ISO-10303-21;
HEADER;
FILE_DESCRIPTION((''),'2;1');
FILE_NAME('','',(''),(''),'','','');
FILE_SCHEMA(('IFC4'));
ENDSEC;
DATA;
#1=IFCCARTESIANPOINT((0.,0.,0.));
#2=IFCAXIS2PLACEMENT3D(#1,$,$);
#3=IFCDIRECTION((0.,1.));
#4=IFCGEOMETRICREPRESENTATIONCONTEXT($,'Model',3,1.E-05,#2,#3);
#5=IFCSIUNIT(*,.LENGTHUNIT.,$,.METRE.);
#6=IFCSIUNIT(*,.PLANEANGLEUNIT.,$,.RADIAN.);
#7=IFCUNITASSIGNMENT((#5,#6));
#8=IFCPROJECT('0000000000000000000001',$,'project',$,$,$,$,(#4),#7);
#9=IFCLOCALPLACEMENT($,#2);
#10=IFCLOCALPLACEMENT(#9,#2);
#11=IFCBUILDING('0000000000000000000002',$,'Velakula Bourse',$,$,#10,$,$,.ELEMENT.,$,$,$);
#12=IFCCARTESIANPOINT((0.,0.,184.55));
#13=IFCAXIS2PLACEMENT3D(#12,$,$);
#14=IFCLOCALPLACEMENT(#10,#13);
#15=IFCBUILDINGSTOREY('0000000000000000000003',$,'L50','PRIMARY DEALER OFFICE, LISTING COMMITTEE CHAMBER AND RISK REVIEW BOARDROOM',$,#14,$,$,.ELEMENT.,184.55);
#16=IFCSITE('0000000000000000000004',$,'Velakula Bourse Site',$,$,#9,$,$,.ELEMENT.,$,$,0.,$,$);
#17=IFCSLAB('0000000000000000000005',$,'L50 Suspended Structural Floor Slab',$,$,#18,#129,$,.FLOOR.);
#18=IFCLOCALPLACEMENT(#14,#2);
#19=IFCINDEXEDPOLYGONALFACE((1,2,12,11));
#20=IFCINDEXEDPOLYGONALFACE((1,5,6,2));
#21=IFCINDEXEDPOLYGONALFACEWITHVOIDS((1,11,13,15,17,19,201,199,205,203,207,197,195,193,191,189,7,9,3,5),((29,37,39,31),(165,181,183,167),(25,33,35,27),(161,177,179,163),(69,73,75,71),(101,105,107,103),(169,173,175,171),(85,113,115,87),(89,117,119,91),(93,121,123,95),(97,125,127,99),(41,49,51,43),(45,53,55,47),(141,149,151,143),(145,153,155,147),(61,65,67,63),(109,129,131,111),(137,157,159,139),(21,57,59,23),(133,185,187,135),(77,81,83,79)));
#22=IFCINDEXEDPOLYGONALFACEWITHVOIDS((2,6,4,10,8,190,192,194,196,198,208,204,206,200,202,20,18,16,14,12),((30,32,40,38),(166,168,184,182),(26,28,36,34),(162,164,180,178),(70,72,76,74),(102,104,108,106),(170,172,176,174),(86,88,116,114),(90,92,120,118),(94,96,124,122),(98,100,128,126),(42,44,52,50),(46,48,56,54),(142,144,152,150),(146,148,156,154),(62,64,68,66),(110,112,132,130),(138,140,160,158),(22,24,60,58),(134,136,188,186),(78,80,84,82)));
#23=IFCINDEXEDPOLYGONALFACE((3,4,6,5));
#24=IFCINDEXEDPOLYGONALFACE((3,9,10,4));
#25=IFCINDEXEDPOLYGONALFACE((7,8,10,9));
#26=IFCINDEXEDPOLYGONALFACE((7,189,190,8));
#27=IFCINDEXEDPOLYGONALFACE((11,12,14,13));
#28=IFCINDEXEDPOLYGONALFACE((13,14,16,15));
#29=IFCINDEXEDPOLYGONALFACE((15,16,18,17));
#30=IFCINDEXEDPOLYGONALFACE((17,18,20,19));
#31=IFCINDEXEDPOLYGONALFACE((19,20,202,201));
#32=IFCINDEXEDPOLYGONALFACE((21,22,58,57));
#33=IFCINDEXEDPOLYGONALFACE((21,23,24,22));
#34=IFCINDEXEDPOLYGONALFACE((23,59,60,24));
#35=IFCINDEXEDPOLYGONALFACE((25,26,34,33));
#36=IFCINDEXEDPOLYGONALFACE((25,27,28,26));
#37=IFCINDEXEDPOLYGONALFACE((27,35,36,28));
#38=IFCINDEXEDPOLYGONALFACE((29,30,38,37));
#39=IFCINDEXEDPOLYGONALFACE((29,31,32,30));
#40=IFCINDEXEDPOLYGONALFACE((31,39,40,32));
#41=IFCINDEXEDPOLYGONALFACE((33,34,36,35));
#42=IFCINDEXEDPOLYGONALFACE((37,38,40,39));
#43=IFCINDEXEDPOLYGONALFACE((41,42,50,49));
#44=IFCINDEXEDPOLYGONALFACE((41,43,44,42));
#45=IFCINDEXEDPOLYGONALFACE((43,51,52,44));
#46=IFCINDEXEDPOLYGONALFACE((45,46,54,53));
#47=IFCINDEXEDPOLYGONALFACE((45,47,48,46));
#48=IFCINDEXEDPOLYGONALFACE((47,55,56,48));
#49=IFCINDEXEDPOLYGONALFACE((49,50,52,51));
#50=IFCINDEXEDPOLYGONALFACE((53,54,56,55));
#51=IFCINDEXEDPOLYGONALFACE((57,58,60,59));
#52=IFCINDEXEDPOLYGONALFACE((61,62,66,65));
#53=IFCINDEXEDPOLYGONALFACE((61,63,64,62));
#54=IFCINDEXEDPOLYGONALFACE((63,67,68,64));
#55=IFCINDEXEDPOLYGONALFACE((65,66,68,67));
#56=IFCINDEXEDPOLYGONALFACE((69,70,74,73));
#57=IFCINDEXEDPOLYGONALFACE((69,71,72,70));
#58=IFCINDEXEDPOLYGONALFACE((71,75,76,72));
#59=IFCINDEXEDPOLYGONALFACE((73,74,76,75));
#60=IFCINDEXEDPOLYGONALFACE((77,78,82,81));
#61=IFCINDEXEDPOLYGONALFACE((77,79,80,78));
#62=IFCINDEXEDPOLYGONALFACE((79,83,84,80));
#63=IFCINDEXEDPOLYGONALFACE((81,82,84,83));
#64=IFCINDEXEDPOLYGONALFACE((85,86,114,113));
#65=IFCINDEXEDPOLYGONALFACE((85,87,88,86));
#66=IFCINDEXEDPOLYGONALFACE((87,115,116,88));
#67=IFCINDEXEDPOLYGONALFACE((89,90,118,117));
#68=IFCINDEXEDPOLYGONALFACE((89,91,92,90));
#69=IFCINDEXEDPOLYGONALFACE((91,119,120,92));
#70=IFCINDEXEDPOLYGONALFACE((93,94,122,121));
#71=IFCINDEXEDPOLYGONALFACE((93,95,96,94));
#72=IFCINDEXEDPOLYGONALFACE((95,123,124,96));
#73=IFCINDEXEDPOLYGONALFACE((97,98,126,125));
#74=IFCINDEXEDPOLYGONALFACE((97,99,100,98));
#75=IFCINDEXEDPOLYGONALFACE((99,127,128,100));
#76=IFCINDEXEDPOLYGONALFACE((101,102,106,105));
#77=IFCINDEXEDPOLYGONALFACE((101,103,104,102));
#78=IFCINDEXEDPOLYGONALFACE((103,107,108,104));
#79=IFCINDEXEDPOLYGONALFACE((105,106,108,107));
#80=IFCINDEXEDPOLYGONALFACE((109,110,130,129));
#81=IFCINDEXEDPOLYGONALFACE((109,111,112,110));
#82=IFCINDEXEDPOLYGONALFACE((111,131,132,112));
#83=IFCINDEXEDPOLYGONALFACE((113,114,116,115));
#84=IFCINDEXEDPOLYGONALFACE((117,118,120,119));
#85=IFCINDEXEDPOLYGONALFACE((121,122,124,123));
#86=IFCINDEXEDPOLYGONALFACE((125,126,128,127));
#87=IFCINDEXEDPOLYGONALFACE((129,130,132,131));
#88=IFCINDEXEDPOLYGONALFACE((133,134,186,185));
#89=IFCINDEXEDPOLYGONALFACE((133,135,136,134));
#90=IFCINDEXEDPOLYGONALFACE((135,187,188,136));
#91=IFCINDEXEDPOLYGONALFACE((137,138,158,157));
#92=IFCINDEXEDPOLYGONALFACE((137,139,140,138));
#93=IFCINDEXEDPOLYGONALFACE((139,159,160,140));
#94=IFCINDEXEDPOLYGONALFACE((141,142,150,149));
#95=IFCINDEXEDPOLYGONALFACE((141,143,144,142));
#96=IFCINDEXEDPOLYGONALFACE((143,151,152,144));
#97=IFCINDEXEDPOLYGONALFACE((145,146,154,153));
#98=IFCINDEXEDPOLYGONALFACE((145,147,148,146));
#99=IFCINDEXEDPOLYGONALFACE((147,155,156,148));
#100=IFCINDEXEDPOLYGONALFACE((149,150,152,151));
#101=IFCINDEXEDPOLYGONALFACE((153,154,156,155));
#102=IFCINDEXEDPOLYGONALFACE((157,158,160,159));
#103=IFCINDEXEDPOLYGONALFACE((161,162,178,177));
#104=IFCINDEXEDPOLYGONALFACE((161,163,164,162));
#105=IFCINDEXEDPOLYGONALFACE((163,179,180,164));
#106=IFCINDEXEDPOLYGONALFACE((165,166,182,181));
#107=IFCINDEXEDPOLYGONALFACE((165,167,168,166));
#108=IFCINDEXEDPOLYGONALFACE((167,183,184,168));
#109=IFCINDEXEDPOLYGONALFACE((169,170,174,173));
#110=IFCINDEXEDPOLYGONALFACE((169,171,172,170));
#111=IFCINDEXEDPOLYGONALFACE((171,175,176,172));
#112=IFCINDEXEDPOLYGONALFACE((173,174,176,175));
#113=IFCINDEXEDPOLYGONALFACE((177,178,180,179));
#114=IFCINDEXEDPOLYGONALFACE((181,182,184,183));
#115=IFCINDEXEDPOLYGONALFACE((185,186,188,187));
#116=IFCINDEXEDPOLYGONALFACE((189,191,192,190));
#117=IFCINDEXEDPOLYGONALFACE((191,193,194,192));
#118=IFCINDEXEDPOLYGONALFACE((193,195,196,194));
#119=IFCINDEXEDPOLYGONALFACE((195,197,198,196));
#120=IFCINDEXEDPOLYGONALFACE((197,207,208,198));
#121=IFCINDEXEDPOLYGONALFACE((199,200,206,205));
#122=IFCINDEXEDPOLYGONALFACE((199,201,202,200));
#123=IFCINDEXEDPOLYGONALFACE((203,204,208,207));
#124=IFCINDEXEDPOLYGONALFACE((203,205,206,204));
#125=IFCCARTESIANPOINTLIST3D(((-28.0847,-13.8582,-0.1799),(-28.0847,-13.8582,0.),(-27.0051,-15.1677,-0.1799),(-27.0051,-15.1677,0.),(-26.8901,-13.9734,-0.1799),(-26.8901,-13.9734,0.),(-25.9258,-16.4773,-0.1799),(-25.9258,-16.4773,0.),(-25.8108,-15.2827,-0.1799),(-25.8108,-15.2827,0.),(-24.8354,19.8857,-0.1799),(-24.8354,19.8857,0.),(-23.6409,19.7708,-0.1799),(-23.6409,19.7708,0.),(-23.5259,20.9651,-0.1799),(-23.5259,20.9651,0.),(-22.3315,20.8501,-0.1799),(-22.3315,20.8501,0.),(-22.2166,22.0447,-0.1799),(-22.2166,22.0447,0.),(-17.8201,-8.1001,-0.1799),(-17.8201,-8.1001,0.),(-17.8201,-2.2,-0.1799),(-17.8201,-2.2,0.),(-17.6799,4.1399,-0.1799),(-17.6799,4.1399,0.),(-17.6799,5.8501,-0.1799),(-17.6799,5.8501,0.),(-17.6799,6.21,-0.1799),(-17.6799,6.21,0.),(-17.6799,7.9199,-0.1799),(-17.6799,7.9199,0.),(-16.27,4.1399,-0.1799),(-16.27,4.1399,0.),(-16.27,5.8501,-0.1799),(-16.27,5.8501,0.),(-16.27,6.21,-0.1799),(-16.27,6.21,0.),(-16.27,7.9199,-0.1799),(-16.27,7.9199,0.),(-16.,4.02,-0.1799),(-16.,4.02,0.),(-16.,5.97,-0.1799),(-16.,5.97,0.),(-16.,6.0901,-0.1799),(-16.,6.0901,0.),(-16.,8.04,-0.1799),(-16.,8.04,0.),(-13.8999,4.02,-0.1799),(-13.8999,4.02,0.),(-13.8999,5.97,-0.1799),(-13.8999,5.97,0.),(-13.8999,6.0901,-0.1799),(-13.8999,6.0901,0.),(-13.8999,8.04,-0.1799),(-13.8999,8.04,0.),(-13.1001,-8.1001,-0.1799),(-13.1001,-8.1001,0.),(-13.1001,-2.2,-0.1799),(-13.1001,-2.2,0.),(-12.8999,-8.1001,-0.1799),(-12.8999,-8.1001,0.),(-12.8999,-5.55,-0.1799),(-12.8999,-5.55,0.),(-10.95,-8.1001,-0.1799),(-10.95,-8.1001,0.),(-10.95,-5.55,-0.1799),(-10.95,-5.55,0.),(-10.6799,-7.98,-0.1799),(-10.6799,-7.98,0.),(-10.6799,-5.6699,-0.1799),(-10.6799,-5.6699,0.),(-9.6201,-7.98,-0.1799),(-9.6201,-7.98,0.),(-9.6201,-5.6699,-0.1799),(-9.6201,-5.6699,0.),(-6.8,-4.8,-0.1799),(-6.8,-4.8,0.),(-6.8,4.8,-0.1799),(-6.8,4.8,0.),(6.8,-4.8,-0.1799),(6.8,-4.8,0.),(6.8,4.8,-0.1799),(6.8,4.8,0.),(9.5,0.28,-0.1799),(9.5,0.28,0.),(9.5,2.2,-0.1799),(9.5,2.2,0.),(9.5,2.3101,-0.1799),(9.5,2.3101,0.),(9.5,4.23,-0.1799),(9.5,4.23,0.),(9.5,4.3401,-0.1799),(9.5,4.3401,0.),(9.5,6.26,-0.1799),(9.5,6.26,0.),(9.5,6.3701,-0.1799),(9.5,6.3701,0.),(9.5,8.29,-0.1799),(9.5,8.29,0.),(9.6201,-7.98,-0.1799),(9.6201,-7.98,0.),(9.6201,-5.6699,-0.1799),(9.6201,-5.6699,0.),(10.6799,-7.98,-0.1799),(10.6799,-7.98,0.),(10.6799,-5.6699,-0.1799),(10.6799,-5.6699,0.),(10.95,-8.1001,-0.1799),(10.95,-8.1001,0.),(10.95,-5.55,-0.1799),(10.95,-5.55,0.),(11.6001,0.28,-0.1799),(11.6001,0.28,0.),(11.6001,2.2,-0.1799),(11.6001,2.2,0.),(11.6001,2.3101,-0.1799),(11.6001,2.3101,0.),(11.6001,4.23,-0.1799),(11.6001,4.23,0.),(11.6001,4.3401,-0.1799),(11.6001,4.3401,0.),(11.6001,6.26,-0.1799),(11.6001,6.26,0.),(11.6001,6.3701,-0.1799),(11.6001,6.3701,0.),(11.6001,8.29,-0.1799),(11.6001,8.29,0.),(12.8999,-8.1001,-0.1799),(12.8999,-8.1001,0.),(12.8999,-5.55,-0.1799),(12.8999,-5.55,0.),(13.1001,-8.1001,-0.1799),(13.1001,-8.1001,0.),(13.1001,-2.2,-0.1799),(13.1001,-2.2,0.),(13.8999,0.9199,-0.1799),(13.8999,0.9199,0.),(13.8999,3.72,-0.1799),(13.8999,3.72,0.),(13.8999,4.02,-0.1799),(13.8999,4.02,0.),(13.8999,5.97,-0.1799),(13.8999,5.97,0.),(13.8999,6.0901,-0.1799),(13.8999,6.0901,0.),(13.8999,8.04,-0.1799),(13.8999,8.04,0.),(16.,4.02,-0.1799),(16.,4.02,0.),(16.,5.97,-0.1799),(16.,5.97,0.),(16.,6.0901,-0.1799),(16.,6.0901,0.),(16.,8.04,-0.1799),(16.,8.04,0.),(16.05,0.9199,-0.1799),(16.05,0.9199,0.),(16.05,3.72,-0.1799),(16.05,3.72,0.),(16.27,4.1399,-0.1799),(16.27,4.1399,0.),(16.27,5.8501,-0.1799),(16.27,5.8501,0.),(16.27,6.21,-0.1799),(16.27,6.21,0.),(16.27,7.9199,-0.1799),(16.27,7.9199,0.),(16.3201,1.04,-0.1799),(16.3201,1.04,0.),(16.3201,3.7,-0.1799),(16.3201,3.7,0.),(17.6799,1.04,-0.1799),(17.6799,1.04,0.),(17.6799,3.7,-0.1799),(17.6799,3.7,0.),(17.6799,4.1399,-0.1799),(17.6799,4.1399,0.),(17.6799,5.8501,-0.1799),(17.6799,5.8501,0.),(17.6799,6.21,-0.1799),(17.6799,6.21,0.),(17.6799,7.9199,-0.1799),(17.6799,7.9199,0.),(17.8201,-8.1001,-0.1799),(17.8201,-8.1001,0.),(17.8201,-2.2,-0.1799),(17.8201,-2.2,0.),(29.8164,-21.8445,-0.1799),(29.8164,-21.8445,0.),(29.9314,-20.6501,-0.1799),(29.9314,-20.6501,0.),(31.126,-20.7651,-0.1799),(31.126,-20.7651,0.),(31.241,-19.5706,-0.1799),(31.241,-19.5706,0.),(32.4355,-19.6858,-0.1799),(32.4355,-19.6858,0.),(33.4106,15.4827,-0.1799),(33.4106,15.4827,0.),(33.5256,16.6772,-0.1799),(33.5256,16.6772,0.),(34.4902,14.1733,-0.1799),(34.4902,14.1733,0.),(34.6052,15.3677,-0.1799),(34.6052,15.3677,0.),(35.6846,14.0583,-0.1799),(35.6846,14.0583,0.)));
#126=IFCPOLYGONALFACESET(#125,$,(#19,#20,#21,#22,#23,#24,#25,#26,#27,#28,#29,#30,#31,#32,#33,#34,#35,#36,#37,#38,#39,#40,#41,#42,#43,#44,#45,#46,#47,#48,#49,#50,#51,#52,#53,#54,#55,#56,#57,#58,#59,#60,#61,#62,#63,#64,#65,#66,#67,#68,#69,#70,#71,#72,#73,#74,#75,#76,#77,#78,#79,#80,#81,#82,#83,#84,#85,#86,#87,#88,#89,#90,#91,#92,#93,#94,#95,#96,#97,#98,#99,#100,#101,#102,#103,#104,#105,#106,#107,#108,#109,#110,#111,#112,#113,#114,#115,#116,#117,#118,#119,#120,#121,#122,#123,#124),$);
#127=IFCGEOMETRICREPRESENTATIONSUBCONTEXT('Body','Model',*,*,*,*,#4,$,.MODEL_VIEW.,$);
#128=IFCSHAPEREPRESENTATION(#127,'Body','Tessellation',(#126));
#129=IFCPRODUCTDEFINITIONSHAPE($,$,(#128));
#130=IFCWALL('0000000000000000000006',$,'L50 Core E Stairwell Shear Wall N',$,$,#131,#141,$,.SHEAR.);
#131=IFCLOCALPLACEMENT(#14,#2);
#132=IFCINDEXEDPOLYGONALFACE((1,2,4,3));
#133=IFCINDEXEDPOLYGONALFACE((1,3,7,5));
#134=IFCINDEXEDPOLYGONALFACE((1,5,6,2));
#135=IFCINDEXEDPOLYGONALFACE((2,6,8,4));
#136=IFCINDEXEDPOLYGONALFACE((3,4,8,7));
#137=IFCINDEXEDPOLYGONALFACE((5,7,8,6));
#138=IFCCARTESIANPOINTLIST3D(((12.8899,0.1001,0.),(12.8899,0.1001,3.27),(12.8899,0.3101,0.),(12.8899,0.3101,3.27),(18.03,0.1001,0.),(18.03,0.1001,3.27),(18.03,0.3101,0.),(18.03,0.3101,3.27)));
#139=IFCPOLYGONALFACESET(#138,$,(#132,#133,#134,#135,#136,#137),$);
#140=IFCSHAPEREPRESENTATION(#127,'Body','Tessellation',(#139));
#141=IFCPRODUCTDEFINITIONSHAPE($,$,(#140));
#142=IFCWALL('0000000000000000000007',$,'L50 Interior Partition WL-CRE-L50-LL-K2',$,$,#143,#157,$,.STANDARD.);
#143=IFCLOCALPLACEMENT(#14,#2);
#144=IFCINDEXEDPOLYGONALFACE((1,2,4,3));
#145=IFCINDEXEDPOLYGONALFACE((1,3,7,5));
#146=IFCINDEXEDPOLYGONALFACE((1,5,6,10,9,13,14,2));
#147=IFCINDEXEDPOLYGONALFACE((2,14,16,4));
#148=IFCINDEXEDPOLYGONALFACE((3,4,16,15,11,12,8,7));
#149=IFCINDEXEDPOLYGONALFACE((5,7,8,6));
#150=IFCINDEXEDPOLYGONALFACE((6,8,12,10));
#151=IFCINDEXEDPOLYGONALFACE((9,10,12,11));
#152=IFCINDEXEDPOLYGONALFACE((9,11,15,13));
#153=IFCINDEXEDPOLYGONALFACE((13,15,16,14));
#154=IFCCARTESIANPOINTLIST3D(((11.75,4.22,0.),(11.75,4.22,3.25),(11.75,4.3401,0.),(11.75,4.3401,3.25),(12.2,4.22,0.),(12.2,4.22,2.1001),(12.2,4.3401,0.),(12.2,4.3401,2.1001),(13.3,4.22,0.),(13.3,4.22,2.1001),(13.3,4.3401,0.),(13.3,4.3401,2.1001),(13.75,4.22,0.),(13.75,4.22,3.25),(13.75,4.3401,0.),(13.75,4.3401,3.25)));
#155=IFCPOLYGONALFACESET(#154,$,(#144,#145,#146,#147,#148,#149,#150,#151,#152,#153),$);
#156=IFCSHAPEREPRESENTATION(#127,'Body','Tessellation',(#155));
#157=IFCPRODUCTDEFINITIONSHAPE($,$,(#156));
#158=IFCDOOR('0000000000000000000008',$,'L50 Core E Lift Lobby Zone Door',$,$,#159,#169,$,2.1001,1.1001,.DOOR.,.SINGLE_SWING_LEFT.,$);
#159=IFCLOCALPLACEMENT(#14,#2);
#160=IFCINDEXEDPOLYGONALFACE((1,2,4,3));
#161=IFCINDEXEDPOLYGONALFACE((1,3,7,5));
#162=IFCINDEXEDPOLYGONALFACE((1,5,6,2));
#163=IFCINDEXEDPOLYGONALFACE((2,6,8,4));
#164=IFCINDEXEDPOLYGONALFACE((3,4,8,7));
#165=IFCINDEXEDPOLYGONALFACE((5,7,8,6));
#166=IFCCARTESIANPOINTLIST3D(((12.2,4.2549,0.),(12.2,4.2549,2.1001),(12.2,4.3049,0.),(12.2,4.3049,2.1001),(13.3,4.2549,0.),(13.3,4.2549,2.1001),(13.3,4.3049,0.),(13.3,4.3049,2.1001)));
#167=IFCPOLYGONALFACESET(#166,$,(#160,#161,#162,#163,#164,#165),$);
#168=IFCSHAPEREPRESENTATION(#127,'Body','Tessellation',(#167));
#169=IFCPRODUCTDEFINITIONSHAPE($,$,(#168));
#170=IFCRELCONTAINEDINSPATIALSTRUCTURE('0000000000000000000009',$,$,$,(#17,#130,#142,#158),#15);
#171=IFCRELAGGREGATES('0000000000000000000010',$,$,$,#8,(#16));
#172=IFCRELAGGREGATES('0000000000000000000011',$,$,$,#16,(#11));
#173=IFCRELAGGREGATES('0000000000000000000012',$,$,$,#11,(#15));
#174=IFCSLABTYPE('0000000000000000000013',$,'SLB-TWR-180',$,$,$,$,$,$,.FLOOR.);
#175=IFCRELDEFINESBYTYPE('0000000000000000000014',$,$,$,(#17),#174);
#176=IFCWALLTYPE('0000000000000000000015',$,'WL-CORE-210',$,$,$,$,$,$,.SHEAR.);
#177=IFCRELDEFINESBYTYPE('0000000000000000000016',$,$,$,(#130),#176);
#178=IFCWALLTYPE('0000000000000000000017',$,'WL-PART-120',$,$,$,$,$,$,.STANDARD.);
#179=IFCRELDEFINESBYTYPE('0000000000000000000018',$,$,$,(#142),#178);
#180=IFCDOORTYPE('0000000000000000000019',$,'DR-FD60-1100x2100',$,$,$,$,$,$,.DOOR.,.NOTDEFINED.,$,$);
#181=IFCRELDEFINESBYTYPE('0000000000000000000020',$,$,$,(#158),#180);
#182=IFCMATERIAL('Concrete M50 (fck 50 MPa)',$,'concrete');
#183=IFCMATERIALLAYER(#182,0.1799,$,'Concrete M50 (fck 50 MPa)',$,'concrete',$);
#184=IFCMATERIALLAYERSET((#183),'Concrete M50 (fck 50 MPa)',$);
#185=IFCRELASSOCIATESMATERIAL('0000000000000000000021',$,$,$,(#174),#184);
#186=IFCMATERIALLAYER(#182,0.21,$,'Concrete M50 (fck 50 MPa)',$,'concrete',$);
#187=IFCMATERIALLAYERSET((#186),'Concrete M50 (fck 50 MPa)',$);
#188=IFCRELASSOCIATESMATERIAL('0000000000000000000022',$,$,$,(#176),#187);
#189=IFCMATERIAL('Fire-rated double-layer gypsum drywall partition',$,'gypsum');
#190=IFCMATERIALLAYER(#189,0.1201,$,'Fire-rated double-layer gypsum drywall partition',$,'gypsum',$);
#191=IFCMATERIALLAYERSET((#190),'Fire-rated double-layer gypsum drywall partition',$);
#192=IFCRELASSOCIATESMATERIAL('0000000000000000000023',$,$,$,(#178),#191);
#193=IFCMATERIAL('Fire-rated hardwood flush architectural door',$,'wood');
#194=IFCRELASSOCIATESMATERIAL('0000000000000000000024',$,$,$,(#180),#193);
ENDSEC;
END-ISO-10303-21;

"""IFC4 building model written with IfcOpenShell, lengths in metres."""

from ifc_helpers import new_model, si_unit, direction, frame, frame_2d, origin, place, context, subcontext, project, spatial, polyline, rectangle, outline, extrude, material, layer, layer_set, type_object, element, fill, save


model = new_model("IFC4")

# Units and contexts
model_context = context("Model", 3, precision=1e-05, world=origin(), true_north=direction((0.0, 1.0)))
body_context = subcontext(model_context, "Body", "Model", "MODEL_VIEW")
ifc_project = project(units=[si_unit("LENGTHUNIT", "METRE"), si_unit("PLANEANGLEUNIT", "RADIAN")], contexts=[model_context])

# Site, building, storey
site_placement = place(None, origin())
site = spatial("IfcSite", under=ifc_project, at=site_placement, Name="Velakula Bourse Site", CompositionType="ELEMENT", RefElevation=0.0)
building_placement = place(site_placement, origin())
building = spatial("IfcBuilding", under=site, at=building_placement, Name="Velakula Bourse", CompositionType="ELEMENT")
storey_placement = place(building_placement, frame((0.0, 0.0, 184.55)))
storey = spatial("IfcBuildingStorey", under=building, at=storey_placement, Name="L50", Description="PRIMARY DEALER OFFICE, LISTING COMMITTEE CHAMBER AND RISK REVIEW BOARDROOM", CompositionType="ELEMENT", Elevation=184.55)

# Slab
ifc_material_1 = material(Name="Concrete M50 (fck 50 MPa)", Category="concrete")
ifc_layer_1 = layer(ifc_material_1, 0.1799, Name="Concrete M50 (fck 50 MPa)", Category="concrete")
ifc_layer_set_1 = layer_set([ifc_layer_1], Name="Concrete M50 (fck 50 MPa)")
slab_type_1 = type_object("IfcSlabType", Name="SLB-TWR-180", PredefinedType="FLOOR", material=ifc_layer_set_1)
slab_1_placement = place(storey_placement, frame((0.0, 0.0, -0.1799)))
element("IfcSlab", 1, at=slab_1_placement, inside=storey, type_object=slab_type_1, Name="L50 Suspended Structural Floor Slab", PredefinedType="FLOOR", context=body_context, shape_type="SweptSolid", body=[
    extrude(outline(polyline([(-25.9258, -16.4773), (29.8164, -21.8445), (29.9314, -20.6501), (31.126, -20.7651), (31.241, -19.5706), (32.4355, -19.6858), (35.6846, 14.0583), (34.4902, 14.1733), (34.6052, 15.3677), (33.4106, 15.4827), (33.5256, 16.6772), (-22.2166, 22.0447), (-22.3315, 20.8501), (-23.5259, 20.9651), (-23.6409, 19.7708), (-24.8354, 19.8857), (-28.0847, -13.8582), (-26.8901, -13.9734), (-27.0051, -15.1677), (-25.8108, -15.2827), (-25.9258, -16.4773)]), holes=[polyline([(-17.8201, -8.1001), (-13.1001, -8.1001), (-13.1001, -2.2), (-17.8201, -2.2), (-17.8201, -8.1001)]), polyline([(13.1001, -8.1001), (17.8201, -8.1001), (17.8201, -2.2), (13.1001, -2.2), (13.1001, -8.1001)]), polyline([(-12.8999, -8.1001), (-10.95, -8.1001), (-10.95, -5.55), (-12.8999, -5.55), (-12.8999, -8.1001)]), polyline([(10.95, -8.1001), (12.8999, -8.1001), (12.8999, -5.55), (10.95, -5.55), (10.95, -8.1001)]), polyline([(13.8999, 0.9199), (16.05, 0.9199), (16.05, 3.72), (13.8999, 3.72), (13.8999, 0.9199)]), polyline([(-10.6799, -7.98), (-9.6201, -7.98), (-9.6201, -5.6699), (-10.6799, -5.6699), (-10.6799, -7.98)]), polyline([(-17.6799, 4.1399), (-16.27, 4.1399), (-16.27, 5.8501), (-17.6799, 5.8501), (-17.6799, 4.1399)]), polyline([(-17.6799, 6.21), (-16.27, 6.21), (-16.27, 7.9199), (-17.6799, 7.9199), (-17.6799, 6.21)]), polyline([(9.6201, -7.98), (10.6799, -7.98), (10.6799, -5.6699), (9.6201, -5.6699), (9.6201, -7.98)]), polyline([(16.27, 4.1399), (17.6799, 4.1399), (17.6799, 5.8501), (16.27, 5.8501), (16.27, 4.1399)]), polyline([(16.27, 6.21), (17.6799, 6.21), (17.6799, 7.9199), (16.27, 7.9199), (16.27, 6.21)]), polyline([(16.3201, 1.04), (17.6799, 1.04), (17.6799, 3.7), (16.3201, 3.7), (16.3201, 1.04)]), polyline([(9.5, 0.28), (11.6001, 0.28), (11.6001, 2.2), (9.5, 2.2), (9.5, 0.28)]), polyline([(9.5, 2.3101), (11.6001, 2.3101), (11.6001, 4.23), (9.5, 4.23), (9.5, 2.3101)]), polyline([(9.5, 4.3401), (11.6001, 4.3401), (11.6001, 6.26), (9.5, 6.26), (9.5, 4.3401)]), polyline([(9.5, 6.3701), (11.6001, 6.3701), (11.6001, 8.29), (9.5, 8.29), (9.5, 6.3701)]), polyline([(-16.0, 4.02), (-13.8999, 4.02), (-13.8999, 5.97), (-16.0, 5.97), (-16.0, 4.02)]), polyline([(-16.0, 6.0901), (-13.8999, 6.0901), (-13.8999, 8.04), (-16.0, 8.04), (-16.0, 6.0901)]), polyline([(13.8999, 4.02), (16.0, 4.02), (16.0, 5.97), (13.8999, 5.97), (13.8999, 4.02)]), polyline([(13.8999, 6.0901), (16.0, 6.0901), (16.0, 8.04), (13.8999, 8.04), (13.8999, 6.0901)]), polyline([(-6.8, -4.8), (6.8, -4.8), (6.8, 4.8), (-6.8, 4.8), (-6.8, -4.8)])]), origin(), (0.0, 0.0, 1.0), 0.1799),
])

# Wall
ifc_layer_2 = layer(ifc_material_1, 0.21, Name="Concrete M50 (fck 50 MPa)", Category="concrete")
ifc_layer_set_2 = layer_set([ifc_layer_2], Name="Concrete M50 (fck 50 MPa)")
wall_type_1 = type_object("IfcWallType", Name="WL-CORE-210", PredefinedType="SHEAR", material=ifc_layer_set_2)
wall_1_placement = place(storey_placement, frame((18.03, 0.2051, 0.0), z_axis=(0.0, 0.0, 1.0), x_axis=(-1.0, 0.0, 0.0)))
element("IfcWall", 2, at=wall_1_placement, inside=storey, type_object=wall_type_1, Name="L50 Core E Stairwell Shear Wall N", PredefinedType="SHEAR", context=body_context, shape_type="SweptSolid", body=[
    extrude(rectangle(XDim=5.1401, YDim=0.21, at=frame_2d((2.5701, 0.0))), origin(), (0.0, 0.0, 1.0), 3.27),
])

# Wall, opening, door
ifc_material_2 = material(Name="Fire-rated double-layer gypsum drywall partition", Category="gypsum")
ifc_layer_3 = layer(ifc_material_2, 0.1201, Name="Fire-rated double-layer gypsum drywall partition", Category="gypsum")
ifc_layer_set_3 = layer_set([ifc_layer_3], Name="Fire-rated double-layer gypsum drywall partition")
wall_type_2 = type_object("IfcWallType", Name="WL-PART-120", PredefinedType="STANDARD", material=ifc_layer_set_3)
wall_2_placement = place(storey_placement, frame((11.75, 4.28, 0.0), z_axis=(0.0, 0.0, 1.0), x_axis=(1.0, 0.0, 0.0)))
wall_2 = element("IfcWall", 3, at=wall_2_placement, inside=storey, type_object=wall_type_2, Name="L50 Interior Partition WL-CRE-L50-LL-K2", PredefinedType="STANDARD", context=body_context, shape_type="SweptSolid", body=[
    extrude(rectangle(XDim=2.0, YDim=0.1201, at=frame_2d((1.0, 0.0))), origin(), (0.0, 0.0, 1.0), 3.25),
])
opening_1_placement = place(wall_2_placement, frame((0.45, 0.0, 0.0)))
opening_1 = element("IfcOpeningElement", 4, at=opening_1_placement, cuts=wall_2, PredefinedType="OPENING", context=body_context, shape_type="SweptSolid", body=[
    extrude(rectangle(XDim=1.1001, YDim=2.1001, at=frame_2d((0.55, 1.05))), frame((0.0, 0.0701, 0.0), z_axis=(0.0, -1.0, 0.0), x_axis=(1.0, 0.0, 0.0)), (0.0, 0.0, 1.0), 0.1401),
])
ifc_material_3 = material(Name="Fire-rated hardwood flush architectural door", Category="wood")
door_type_1 = type_object("IfcDoorType", Name="DR-FD60-1100x2100", OperationType="NOTDEFINED", PredefinedType="DOOR", material=ifc_material_3)
door_1_placement = place(opening_1_placement, origin())
door_1 = element("IfcDoor", 5, at=door_1_placement, inside=storey, type_object=door_type_1, Name="L50 Core E Lift Lobby Zone Door", OperationType="SINGLE_SWING_LEFT", OverallHeight=2.1001, OverallWidth=1.1001, PredefinedType="DOOR", context=body_context, shape_type="SweptSolid", body=[
    extrude(rectangle(XDim=1.1001, YDim=2.1001, at=frame_2d((0.55, 1.05))), frame((0.0, 0.0249, 0.0), z_axis=(0.0, -1.0, 0.0), x_axis=(1.0, 0.0, 0.0)), (0.0, 0.0, 1.0), 0.05),
])
fill(opening_1, door_1)

save(model, "model.ifc")
